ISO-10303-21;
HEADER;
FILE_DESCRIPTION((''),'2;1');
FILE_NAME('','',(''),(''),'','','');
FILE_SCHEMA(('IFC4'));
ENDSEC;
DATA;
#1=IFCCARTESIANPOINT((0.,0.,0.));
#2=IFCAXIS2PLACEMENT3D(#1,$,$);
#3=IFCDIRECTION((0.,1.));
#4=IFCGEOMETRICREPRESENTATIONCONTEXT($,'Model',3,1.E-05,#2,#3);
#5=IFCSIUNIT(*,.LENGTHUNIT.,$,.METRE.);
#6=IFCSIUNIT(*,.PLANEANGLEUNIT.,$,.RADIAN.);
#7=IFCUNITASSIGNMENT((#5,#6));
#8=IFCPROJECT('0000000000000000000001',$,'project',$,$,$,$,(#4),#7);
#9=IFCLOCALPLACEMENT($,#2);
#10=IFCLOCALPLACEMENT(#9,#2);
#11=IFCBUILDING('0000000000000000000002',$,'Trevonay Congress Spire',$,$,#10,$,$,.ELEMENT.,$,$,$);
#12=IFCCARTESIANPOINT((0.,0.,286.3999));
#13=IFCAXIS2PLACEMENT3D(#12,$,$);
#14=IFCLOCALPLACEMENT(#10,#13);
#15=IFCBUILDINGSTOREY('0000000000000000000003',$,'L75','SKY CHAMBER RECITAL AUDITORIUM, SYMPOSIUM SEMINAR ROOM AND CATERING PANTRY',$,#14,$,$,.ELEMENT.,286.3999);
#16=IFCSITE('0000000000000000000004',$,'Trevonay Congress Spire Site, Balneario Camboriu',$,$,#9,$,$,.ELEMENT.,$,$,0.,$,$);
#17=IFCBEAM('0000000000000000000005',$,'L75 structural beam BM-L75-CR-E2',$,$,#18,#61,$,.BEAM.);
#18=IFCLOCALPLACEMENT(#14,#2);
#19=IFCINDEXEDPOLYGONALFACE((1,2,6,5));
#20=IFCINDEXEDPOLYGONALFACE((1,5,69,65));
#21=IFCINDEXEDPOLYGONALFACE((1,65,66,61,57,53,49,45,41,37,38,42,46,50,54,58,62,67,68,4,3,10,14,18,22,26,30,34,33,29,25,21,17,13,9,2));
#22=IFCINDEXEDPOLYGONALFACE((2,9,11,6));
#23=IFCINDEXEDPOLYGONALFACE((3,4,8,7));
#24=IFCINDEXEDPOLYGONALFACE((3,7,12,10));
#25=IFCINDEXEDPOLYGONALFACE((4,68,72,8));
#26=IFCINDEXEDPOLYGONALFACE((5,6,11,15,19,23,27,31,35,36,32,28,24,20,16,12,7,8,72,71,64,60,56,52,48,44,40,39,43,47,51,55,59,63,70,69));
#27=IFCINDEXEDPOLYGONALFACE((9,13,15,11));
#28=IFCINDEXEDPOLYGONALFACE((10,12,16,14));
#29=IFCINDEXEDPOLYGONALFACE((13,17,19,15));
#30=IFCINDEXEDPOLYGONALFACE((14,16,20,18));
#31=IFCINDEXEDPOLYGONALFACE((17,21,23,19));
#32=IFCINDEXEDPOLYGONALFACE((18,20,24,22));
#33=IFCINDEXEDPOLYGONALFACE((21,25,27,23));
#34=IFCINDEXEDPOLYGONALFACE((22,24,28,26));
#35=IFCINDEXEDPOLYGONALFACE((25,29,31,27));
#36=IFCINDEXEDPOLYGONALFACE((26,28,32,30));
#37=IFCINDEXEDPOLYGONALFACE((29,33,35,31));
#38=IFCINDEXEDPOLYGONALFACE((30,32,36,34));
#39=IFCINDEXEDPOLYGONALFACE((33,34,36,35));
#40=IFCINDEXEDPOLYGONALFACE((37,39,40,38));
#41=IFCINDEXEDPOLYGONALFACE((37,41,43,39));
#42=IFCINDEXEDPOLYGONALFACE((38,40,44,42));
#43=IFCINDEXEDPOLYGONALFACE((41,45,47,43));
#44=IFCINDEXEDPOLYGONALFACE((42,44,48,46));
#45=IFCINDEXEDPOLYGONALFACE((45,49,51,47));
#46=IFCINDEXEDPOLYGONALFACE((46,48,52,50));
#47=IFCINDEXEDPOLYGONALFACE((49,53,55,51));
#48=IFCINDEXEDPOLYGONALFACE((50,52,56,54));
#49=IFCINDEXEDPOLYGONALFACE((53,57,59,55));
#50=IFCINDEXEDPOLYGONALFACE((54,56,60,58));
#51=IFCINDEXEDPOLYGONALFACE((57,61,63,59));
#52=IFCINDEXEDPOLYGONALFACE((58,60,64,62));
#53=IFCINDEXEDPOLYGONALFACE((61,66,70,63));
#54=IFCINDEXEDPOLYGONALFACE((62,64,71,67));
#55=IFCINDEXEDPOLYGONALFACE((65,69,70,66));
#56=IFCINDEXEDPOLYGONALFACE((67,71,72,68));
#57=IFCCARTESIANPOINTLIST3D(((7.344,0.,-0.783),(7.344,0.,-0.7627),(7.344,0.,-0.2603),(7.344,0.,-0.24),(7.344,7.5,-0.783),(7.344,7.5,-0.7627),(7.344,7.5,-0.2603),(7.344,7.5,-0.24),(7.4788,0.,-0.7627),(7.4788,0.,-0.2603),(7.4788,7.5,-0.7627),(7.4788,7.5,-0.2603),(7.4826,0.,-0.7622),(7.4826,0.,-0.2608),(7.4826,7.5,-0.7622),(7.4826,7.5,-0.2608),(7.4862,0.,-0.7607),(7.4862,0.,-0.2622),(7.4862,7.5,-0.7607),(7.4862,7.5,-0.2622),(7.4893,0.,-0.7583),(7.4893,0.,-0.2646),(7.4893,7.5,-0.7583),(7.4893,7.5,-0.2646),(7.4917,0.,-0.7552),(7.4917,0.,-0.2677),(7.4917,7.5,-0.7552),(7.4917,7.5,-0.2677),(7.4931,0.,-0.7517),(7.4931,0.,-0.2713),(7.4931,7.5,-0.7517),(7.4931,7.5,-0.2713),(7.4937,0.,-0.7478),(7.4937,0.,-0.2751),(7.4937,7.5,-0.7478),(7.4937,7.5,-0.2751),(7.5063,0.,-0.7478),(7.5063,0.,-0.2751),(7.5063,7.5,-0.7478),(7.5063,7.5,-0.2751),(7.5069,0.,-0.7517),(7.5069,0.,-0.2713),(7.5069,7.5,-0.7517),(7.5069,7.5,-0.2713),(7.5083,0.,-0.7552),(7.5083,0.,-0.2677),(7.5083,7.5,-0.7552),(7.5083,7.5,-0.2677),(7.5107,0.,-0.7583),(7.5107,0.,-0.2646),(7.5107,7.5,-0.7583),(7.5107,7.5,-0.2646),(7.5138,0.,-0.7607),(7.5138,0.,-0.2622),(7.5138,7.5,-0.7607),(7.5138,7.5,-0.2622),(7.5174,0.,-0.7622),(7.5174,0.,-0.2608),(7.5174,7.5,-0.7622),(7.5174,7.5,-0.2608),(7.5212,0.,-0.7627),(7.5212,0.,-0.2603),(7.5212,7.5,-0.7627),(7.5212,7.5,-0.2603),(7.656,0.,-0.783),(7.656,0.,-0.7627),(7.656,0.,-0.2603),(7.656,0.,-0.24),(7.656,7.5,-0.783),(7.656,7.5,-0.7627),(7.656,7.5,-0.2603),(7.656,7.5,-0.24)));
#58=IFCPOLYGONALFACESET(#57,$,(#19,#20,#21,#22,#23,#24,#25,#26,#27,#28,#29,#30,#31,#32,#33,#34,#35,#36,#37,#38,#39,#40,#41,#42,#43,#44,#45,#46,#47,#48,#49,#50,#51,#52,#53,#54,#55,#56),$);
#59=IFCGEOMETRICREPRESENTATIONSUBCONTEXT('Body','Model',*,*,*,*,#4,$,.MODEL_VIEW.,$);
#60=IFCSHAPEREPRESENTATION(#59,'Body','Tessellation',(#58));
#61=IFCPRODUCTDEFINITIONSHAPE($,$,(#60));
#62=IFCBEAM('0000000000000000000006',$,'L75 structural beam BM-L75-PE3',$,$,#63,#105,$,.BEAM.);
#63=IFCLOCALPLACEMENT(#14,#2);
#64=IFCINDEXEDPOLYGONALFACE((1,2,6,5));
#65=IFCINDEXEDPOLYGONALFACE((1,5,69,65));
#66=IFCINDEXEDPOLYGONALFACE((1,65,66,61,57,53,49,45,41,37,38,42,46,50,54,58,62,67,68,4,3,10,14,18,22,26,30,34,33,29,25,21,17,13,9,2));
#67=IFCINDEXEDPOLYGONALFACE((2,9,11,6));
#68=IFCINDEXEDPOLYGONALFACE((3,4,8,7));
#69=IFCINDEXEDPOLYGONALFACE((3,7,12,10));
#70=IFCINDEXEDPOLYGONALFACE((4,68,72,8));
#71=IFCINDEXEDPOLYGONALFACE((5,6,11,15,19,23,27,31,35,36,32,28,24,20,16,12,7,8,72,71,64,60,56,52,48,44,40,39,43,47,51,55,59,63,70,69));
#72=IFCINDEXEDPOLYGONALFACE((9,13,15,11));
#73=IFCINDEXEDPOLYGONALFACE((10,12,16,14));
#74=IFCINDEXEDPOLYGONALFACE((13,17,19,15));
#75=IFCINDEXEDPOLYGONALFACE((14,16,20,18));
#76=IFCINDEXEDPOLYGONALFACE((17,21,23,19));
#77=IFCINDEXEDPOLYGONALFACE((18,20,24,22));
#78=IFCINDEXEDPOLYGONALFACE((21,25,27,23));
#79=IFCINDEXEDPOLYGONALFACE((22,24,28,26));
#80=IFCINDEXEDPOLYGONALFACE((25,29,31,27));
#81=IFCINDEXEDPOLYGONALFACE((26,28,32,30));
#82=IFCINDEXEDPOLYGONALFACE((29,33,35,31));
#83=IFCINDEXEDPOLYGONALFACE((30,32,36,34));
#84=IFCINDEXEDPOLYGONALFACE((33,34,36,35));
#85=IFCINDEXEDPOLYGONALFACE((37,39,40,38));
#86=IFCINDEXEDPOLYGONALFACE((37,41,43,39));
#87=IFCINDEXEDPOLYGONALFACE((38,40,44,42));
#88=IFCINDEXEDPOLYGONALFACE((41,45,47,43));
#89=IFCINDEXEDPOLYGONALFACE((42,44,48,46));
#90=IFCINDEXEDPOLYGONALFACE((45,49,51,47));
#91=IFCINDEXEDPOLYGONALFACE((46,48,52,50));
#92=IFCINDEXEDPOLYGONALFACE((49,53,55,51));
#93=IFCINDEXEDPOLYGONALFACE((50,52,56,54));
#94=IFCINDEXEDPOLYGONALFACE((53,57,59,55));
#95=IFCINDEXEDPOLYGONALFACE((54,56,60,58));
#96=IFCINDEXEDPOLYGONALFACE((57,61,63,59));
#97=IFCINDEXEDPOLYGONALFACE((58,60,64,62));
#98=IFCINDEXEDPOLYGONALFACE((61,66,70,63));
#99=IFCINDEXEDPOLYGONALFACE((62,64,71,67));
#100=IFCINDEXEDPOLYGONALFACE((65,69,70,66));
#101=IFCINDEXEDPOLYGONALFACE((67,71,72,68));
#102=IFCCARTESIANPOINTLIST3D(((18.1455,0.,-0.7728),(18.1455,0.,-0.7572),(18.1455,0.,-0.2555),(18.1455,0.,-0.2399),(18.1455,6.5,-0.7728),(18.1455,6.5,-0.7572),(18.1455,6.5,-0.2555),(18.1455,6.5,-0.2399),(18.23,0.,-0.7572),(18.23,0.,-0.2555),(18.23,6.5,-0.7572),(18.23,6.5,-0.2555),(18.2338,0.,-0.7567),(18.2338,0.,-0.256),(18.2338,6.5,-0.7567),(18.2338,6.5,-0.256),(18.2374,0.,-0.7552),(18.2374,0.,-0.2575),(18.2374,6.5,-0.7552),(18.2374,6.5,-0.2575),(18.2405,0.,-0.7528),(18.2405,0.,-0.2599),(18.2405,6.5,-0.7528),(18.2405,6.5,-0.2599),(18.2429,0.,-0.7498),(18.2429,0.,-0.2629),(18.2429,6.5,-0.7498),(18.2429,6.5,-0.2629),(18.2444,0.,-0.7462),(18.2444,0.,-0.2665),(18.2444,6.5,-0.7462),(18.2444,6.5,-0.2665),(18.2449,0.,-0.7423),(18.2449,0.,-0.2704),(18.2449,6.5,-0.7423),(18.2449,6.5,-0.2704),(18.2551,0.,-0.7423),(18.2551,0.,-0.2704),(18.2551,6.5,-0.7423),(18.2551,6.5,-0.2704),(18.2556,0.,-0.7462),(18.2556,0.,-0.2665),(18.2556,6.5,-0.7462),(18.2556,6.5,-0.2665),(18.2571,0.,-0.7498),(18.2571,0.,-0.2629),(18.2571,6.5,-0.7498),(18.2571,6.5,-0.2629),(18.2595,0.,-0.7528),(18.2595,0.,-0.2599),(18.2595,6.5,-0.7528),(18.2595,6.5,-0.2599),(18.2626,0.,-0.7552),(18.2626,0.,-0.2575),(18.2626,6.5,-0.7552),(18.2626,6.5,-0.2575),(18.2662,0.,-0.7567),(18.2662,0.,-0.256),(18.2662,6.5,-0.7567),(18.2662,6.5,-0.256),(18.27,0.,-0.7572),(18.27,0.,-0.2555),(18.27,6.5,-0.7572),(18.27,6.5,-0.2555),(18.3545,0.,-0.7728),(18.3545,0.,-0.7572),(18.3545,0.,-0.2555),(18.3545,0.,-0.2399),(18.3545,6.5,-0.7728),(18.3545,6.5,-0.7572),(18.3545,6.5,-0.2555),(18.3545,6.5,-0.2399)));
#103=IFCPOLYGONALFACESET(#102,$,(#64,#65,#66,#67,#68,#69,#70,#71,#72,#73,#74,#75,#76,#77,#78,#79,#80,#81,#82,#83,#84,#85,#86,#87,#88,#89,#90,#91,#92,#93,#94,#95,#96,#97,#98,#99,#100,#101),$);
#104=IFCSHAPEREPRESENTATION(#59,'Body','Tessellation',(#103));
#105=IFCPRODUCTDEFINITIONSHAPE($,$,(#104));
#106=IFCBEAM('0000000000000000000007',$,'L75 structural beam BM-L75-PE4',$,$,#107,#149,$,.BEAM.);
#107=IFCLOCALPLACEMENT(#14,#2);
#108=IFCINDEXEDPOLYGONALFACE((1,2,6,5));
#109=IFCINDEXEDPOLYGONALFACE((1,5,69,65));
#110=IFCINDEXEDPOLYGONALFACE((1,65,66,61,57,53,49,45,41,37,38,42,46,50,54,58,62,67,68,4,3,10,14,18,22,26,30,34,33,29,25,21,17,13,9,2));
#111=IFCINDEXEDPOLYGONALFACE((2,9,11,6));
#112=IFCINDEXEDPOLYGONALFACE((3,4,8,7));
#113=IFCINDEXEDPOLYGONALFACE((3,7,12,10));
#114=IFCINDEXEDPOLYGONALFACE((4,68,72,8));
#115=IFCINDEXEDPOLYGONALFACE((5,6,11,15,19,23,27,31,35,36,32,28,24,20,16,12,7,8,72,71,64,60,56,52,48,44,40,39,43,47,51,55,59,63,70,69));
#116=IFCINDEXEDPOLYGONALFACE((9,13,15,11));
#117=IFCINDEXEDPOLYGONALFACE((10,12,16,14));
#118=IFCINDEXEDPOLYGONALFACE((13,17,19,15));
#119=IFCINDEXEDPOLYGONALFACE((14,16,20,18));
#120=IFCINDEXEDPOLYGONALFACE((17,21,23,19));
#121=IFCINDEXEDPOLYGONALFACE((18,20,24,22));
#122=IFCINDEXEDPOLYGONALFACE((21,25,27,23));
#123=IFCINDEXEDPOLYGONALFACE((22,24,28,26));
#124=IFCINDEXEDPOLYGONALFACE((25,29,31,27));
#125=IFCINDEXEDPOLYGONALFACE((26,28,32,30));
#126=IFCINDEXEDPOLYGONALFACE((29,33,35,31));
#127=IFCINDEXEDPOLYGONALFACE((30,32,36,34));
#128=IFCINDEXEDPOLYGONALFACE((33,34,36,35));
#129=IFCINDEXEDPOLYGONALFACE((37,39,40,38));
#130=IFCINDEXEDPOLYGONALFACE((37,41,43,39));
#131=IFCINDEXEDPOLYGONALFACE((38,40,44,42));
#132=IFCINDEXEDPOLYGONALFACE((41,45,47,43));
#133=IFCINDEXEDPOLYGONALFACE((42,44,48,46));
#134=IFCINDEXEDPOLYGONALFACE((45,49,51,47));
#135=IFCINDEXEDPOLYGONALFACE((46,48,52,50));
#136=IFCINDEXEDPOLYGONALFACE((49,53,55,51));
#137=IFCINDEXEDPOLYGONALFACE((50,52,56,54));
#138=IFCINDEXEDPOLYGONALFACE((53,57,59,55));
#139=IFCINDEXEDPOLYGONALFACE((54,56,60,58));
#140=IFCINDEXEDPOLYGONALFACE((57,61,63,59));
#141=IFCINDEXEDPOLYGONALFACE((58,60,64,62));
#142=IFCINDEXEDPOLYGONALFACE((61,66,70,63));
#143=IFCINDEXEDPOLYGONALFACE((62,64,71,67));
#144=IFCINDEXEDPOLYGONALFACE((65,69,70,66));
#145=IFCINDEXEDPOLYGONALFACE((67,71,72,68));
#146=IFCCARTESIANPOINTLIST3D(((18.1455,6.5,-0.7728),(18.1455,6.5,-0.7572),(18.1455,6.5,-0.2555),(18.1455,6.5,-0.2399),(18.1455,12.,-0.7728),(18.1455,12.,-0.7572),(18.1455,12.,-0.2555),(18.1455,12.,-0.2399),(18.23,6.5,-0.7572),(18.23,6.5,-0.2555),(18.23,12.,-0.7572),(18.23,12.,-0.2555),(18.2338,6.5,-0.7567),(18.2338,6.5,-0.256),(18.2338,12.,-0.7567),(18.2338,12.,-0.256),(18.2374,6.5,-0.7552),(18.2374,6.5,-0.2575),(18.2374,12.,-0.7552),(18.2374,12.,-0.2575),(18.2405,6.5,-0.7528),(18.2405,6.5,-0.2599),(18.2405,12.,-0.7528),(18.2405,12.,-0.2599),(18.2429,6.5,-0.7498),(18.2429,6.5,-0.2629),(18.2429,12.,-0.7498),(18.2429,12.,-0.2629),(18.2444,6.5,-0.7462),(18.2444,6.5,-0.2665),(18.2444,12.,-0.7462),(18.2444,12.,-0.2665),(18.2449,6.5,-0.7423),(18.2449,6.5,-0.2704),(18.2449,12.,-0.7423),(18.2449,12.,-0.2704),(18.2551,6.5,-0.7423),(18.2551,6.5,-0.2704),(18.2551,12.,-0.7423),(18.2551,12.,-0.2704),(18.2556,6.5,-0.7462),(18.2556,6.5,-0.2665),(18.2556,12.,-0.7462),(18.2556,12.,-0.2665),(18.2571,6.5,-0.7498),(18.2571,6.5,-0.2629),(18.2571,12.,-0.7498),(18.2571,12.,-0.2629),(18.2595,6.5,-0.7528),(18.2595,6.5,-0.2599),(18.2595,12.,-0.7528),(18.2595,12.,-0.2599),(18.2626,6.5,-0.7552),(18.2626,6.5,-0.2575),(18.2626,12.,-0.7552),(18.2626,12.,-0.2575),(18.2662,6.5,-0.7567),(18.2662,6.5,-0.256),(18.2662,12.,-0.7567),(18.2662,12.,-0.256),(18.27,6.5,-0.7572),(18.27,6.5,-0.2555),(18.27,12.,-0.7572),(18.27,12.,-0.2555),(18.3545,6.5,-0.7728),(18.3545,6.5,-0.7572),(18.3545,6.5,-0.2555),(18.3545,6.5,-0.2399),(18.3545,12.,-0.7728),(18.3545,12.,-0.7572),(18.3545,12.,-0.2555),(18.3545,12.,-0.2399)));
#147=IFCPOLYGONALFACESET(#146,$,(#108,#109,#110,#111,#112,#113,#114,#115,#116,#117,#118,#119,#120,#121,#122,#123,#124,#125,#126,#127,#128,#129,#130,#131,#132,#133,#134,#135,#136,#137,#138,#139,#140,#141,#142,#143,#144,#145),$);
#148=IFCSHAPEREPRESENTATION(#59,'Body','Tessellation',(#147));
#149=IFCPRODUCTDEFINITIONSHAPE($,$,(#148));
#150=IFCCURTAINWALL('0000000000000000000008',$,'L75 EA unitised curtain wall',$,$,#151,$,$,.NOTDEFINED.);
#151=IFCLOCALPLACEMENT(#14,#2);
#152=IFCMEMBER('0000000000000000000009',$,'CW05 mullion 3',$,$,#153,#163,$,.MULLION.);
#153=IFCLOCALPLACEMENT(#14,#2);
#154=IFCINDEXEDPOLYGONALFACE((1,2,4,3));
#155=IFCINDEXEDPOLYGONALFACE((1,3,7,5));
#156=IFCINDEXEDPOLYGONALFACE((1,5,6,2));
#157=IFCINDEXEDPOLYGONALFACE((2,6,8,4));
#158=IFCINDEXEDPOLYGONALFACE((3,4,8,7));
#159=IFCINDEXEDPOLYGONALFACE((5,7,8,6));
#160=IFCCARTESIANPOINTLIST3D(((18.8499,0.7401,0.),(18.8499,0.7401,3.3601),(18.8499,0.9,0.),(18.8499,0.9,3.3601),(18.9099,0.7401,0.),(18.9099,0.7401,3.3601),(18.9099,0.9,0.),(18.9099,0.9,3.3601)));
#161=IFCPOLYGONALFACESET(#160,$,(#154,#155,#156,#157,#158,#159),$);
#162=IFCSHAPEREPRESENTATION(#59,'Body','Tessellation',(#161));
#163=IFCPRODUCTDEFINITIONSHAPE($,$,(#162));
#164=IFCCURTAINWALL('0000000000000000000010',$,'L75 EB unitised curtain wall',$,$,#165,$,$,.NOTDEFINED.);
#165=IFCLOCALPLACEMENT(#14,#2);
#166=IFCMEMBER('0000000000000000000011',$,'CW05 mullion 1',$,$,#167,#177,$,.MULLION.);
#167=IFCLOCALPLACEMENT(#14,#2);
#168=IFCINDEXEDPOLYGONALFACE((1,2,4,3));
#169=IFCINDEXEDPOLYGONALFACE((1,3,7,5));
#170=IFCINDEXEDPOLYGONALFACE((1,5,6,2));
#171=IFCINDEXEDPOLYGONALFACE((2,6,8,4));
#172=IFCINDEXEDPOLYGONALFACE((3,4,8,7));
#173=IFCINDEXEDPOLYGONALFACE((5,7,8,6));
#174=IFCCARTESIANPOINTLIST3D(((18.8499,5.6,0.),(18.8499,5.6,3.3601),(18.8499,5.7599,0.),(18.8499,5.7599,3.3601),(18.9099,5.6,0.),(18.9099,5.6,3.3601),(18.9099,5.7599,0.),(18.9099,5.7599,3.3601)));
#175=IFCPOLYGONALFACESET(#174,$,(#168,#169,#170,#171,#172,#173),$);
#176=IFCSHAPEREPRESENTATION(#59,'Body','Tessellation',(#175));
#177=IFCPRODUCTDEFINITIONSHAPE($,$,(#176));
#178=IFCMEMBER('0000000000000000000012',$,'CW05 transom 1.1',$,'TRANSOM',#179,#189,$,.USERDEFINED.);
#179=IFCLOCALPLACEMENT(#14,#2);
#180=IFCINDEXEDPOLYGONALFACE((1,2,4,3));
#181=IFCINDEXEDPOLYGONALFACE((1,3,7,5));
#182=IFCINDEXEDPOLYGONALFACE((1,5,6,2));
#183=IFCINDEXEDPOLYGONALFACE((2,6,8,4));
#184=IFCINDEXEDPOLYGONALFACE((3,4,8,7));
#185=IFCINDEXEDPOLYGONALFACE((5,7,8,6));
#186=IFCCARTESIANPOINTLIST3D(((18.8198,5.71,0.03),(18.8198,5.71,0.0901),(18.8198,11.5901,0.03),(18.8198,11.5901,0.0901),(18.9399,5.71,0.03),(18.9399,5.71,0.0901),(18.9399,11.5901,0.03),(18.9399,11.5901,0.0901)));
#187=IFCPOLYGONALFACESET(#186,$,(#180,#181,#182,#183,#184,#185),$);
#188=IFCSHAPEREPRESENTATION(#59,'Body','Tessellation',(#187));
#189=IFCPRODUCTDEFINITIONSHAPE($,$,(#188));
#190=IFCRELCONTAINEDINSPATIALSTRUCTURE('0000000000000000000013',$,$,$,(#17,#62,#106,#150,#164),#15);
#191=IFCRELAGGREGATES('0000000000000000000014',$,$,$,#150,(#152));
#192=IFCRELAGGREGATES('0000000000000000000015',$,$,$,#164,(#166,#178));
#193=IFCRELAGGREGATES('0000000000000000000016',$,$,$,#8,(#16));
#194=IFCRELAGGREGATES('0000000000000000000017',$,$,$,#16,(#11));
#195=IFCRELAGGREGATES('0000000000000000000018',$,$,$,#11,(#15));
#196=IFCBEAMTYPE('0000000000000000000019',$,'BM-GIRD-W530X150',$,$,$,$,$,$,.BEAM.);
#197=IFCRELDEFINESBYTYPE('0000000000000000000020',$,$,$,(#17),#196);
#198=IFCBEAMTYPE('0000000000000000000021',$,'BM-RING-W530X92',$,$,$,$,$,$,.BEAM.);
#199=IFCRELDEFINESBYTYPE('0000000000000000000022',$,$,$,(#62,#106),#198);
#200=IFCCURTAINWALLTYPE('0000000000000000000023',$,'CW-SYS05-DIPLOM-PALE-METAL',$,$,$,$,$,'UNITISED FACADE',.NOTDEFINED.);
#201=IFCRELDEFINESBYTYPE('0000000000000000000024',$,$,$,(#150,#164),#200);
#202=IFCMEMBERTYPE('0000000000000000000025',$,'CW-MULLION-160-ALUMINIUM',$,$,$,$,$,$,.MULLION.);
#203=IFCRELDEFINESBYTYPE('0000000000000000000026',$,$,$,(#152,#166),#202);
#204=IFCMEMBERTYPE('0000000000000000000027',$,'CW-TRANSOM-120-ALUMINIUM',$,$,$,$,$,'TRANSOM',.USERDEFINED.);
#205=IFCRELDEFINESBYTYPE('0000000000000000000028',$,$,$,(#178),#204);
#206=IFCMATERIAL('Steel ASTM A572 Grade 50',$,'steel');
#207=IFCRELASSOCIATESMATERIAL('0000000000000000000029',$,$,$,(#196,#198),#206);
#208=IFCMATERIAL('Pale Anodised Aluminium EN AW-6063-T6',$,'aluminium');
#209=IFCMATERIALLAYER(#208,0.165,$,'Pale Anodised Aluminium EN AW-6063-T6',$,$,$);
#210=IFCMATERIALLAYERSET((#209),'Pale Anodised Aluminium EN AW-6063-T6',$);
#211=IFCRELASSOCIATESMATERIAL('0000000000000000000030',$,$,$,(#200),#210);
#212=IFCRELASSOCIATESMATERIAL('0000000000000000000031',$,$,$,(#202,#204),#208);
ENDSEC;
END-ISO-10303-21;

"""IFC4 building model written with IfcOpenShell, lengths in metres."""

from ifc_helpers import new_model, si_unit, direction, frame, origin, origin_2d, place, context, subcontext, project, spatial, rectangle, i_section, extrude, material, layer, layer_set, material_profile, profile_set, type_object, element, aggregate, save


model = new_model("IFC4")

# Units and contexts
model_context = context("Model", 3, precision=1e-05, world=origin(), true_north=direction((0.0, 1.0)))
body_context = subcontext(model_context, "Body", "Model", "MODEL_VIEW")
ifc_project = project(units=[si_unit("LENGTHUNIT", "METRE"), si_unit("PLANEANGLEUNIT", "RADIAN")], contexts=[model_context])

# Site, building, storey
site_placement = place(None, origin())
site = spatial("IfcSite", under=ifc_project, at=site_placement, Name="Trevonay Congress Spire Site, Balneario Camboriu", CompositionType="ELEMENT", RefElevation=0.0)
building_placement = place(site_placement, origin())
building = spatial("IfcBuilding", under=site, at=building_placement, Name="Trevonay Congress Spire", CompositionType="ELEMENT")
storey_placement = place(building_placement, frame((0.0, 0.0, 286.3999)))
storey = spatial("IfcBuildingStorey", under=building, at=storey_placement, Name="L75", Description="SKY CHAMBER RECITAL AUDITORIUM, SYMPOSIUM SEMINAR ROOM AND CATERING PANTRY", CompositionType="ELEMENT", Elevation=286.3999)

# Shared definitions
ifc_material_1 = material(Name="Steel ASTM A572 Grade 50", Category="steel")

# Beams
ifc_material_profile_1 = material_profile(ifc_material_1, i_section(OverallWidth=0.312, OverallDepth=0.543, WebThickness=0.0127, FlangeThickness=0.0203, FilletRadius=0.0149, at=origin_2d()), Name="W530x150")
ifc_profile_set_1 = profile_set([ifc_material_profile_1], Name="Steel ASTM A572 Grade 50")
beam_type_1 = type_object("IfcBeamType", Name="BM-GIRD-W530X150", PredefinedType="BEAM", material=ifc_profile_set_1)
beam_1_placement = place(storey_placement, frame((7.5, 0.0, -0.5115), z_axis=(0.0, 1.0, 0.0), x_axis=(-1.0, 0.0, 0.0)))
element("IfcBeam", 1, at=beam_1_placement, inside=storey, type_object=beam_type_1, Name="L75 structural beam BM-L75-CR-E2", PredefinedType="BEAM", context=body_context, shape_type="SweptSolid", body=[
    extrude(i_section(OverallWidth=0.312, OverallDepth=0.543, WebThickness=0.0127, FlangeThickness=0.0203, FilletRadius=0.0149, at=origin_2d()), origin(), (0.0, 0.0, 1.0), 7.5),
])
ifc_material_profile_2 = material_profile(ifc_material_1, i_section(OverallWidth=0.209, OverallDepth=0.533, WebThickness=0.0103, FlangeThickness=0.0156, FilletRadius=0.0149, at=origin_2d()), Name="W530x92")
ifc_profile_set_2 = profile_set([ifc_material_profile_2], Name="Steel ASTM A572 Grade 50")
beam_type_2 = type_object("IfcBeamType", Name="BM-RING-W530X92", PredefinedType="BEAM", material=ifc_profile_set_2)
beam_2_placement = place(storey_placement, frame((18.25, 0.0, -0.5063), z_axis=(0.0, 1.0, 0.0), x_axis=(-1.0, 0.0, 0.0)))
element("IfcBeam", 2, at=beam_2_placement, inside=storey, type_object=beam_type_2, Name="L75 structural beam BM-L75-PE3", PredefinedType="BEAM", context=body_context, shape_type="SweptSolid", body=[
    extrude(i_section(OverallWidth=0.209, OverallDepth=0.533, WebThickness=0.0103, FlangeThickness=0.0156, FilletRadius=0.0149, at=origin_2d()), origin(), (0.0, 0.0, 1.0), 6.5),
])
beam_3_placement = place(storey_placement, frame((18.25, 6.5, -0.5063), z_axis=(0.0, 1.0, 0.0), x_axis=(-1.0, 0.0, 0.0)))
element("IfcBeam", 3, at=beam_3_placement, inside=storey, type_object=beam_type_2, Name="L75 structural beam BM-L75-PE4", PredefinedType="BEAM", context=body_context, shape_type="SweptSolid", body=[
    extrude(i_section(OverallWidth=0.209, OverallDepth=0.533, WebThickness=0.0103, FlangeThickness=0.0156, FilletRadius=0.0149, at=origin_2d()), origin(), (0.0, 0.0, 1.0), 5.5),
])

# Curtain wall, member
ifc_material_2 = material(Name="Pale Anodised Aluminium EN AW-6063-T6", Category="aluminium")
ifc_layer_1 = layer(ifc_material_2, 0.165, Name="Pale Anodised Aluminium EN AW-6063-T6")
ifc_layer_set_1 = layer_set([ifc_layer_1], Name="Pale Anodised Aluminium EN AW-6063-T6")
curtain_wall_type = type_object("IfcCurtainWallType", Name="CW-SYS05-DIPLOM-PALE-METAL", ElementType="UNITISED FACADE", PredefinedType="NOTDEFINED", material=ifc_layer_set_1)
curtain_wall_1_placement = place(storey_placement, origin())
curtain_wall_1 = element("IfcCurtainWall", 4, at=curtain_wall_1_placement, inside=storey, type_object=curtain_wall_type, Name="L75 EA unitised curtain wall", PredefinedType="NOTDEFINED")
ifc_material_profile_3 = material_profile(ifc_material_2, rectangle(XDim=0.0601, YDim=0.1599, at=origin_2d()), Name="CW-MULLION-160-ALUMINIUM")
ifc_profile_set_3 = profile_set([ifc_material_profile_3], Name="Pale Anodised Aluminium EN AW-6063-T6")
member_type_1 = type_object("IfcMemberType", Name="CW-MULLION-160-ALUMINIUM", PredefinedType="MULLION", material=ifc_profile_set_3)
member_1_placement = place(storey_placement, frame((18.8799, 0.8201, 0.0), z_axis=(0.0, 0.0, 1.0), x_axis=(-1.0, 0.0, 0.0)))
member_1 = element("IfcMember", 5, at=member_1_placement, type_object=member_type_1, Name="CW05 mullion 3", PredefinedType="MULLION", context=body_context, shape_type="SweptSolid", body=[
    extrude(rectangle(XDim=0.0601, YDim=0.1599, at=origin_2d()), origin(), (0.0, 0.0, 1.0), 3.3601),
])
aggregate(curtain_wall_1, [member_1])

# Curtain wall, members
curtain_wall_2_placement = place(storey_placement, origin())
curtain_wall_2 = element("IfcCurtainWall", 6, at=curtain_wall_2_placement, inside=storey, type_object=curtain_wall_type, Name="L75 EB unitised curtain wall", PredefinedType="NOTDEFINED")
member_2_placement = place(storey_placement, frame((18.8799, 5.6799, 0.0), z_axis=(0.0, 0.0, 1.0), x_axis=(-1.0, 0.0, 0.0)))
member_2 = element("IfcMember", 7, at=member_2_placement, type_object=member_type_1, Name="CW05 mullion 1", PredefinedType="MULLION", context=body_context, shape_type="SweptSolid", body=[
    extrude(rectangle(XDim=0.0601, YDim=0.1599, at=origin_2d()), origin(), (0.0, 0.0, 1.0), 3.3601),
])
ifc_material_profile_4 = material_profile(ifc_material_2, rectangle(XDim=0.1201, YDim=0.0601, at=origin_2d()), Name="CW-TRANSOM-120-ALUMINIUM")
ifc_profile_set_4 = profile_set([ifc_material_profile_4], Name="Pale Anodised Aluminium EN AW-6063-T6")
member_type_2 = type_object("IfcMemberType", Name="CW-TRANSOM-120-ALUMINIUM", ElementType="TRANSOM", PredefinedType="USERDEFINED", material=ifc_profile_set_4)
member_3_placement = place(storey_placement, frame((18.8799, 5.71, 0.0601), z_axis=(0.0, 1.0, 0.0), x_axis=(-1.0, 0.0, 0.0)))
member_3 = element("IfcMember", 8, at=member_3_placement, type_object=member_type_2, Name="CW05 transom 1.1", ObjectType="TRANSOM", PredefinedType="USERDEFINED", context=body_context, shape_type="SweptSolid", body=[
    extrude(rectangle(XDim=0.1201, YDim=0.0601, at=origin_2d()), origin(), (0.0, 0.0, 1.0), 5.8801),
])
aggregate(curtain_wall_2, [member_2, member_3])

save(model, "model.ifc")
